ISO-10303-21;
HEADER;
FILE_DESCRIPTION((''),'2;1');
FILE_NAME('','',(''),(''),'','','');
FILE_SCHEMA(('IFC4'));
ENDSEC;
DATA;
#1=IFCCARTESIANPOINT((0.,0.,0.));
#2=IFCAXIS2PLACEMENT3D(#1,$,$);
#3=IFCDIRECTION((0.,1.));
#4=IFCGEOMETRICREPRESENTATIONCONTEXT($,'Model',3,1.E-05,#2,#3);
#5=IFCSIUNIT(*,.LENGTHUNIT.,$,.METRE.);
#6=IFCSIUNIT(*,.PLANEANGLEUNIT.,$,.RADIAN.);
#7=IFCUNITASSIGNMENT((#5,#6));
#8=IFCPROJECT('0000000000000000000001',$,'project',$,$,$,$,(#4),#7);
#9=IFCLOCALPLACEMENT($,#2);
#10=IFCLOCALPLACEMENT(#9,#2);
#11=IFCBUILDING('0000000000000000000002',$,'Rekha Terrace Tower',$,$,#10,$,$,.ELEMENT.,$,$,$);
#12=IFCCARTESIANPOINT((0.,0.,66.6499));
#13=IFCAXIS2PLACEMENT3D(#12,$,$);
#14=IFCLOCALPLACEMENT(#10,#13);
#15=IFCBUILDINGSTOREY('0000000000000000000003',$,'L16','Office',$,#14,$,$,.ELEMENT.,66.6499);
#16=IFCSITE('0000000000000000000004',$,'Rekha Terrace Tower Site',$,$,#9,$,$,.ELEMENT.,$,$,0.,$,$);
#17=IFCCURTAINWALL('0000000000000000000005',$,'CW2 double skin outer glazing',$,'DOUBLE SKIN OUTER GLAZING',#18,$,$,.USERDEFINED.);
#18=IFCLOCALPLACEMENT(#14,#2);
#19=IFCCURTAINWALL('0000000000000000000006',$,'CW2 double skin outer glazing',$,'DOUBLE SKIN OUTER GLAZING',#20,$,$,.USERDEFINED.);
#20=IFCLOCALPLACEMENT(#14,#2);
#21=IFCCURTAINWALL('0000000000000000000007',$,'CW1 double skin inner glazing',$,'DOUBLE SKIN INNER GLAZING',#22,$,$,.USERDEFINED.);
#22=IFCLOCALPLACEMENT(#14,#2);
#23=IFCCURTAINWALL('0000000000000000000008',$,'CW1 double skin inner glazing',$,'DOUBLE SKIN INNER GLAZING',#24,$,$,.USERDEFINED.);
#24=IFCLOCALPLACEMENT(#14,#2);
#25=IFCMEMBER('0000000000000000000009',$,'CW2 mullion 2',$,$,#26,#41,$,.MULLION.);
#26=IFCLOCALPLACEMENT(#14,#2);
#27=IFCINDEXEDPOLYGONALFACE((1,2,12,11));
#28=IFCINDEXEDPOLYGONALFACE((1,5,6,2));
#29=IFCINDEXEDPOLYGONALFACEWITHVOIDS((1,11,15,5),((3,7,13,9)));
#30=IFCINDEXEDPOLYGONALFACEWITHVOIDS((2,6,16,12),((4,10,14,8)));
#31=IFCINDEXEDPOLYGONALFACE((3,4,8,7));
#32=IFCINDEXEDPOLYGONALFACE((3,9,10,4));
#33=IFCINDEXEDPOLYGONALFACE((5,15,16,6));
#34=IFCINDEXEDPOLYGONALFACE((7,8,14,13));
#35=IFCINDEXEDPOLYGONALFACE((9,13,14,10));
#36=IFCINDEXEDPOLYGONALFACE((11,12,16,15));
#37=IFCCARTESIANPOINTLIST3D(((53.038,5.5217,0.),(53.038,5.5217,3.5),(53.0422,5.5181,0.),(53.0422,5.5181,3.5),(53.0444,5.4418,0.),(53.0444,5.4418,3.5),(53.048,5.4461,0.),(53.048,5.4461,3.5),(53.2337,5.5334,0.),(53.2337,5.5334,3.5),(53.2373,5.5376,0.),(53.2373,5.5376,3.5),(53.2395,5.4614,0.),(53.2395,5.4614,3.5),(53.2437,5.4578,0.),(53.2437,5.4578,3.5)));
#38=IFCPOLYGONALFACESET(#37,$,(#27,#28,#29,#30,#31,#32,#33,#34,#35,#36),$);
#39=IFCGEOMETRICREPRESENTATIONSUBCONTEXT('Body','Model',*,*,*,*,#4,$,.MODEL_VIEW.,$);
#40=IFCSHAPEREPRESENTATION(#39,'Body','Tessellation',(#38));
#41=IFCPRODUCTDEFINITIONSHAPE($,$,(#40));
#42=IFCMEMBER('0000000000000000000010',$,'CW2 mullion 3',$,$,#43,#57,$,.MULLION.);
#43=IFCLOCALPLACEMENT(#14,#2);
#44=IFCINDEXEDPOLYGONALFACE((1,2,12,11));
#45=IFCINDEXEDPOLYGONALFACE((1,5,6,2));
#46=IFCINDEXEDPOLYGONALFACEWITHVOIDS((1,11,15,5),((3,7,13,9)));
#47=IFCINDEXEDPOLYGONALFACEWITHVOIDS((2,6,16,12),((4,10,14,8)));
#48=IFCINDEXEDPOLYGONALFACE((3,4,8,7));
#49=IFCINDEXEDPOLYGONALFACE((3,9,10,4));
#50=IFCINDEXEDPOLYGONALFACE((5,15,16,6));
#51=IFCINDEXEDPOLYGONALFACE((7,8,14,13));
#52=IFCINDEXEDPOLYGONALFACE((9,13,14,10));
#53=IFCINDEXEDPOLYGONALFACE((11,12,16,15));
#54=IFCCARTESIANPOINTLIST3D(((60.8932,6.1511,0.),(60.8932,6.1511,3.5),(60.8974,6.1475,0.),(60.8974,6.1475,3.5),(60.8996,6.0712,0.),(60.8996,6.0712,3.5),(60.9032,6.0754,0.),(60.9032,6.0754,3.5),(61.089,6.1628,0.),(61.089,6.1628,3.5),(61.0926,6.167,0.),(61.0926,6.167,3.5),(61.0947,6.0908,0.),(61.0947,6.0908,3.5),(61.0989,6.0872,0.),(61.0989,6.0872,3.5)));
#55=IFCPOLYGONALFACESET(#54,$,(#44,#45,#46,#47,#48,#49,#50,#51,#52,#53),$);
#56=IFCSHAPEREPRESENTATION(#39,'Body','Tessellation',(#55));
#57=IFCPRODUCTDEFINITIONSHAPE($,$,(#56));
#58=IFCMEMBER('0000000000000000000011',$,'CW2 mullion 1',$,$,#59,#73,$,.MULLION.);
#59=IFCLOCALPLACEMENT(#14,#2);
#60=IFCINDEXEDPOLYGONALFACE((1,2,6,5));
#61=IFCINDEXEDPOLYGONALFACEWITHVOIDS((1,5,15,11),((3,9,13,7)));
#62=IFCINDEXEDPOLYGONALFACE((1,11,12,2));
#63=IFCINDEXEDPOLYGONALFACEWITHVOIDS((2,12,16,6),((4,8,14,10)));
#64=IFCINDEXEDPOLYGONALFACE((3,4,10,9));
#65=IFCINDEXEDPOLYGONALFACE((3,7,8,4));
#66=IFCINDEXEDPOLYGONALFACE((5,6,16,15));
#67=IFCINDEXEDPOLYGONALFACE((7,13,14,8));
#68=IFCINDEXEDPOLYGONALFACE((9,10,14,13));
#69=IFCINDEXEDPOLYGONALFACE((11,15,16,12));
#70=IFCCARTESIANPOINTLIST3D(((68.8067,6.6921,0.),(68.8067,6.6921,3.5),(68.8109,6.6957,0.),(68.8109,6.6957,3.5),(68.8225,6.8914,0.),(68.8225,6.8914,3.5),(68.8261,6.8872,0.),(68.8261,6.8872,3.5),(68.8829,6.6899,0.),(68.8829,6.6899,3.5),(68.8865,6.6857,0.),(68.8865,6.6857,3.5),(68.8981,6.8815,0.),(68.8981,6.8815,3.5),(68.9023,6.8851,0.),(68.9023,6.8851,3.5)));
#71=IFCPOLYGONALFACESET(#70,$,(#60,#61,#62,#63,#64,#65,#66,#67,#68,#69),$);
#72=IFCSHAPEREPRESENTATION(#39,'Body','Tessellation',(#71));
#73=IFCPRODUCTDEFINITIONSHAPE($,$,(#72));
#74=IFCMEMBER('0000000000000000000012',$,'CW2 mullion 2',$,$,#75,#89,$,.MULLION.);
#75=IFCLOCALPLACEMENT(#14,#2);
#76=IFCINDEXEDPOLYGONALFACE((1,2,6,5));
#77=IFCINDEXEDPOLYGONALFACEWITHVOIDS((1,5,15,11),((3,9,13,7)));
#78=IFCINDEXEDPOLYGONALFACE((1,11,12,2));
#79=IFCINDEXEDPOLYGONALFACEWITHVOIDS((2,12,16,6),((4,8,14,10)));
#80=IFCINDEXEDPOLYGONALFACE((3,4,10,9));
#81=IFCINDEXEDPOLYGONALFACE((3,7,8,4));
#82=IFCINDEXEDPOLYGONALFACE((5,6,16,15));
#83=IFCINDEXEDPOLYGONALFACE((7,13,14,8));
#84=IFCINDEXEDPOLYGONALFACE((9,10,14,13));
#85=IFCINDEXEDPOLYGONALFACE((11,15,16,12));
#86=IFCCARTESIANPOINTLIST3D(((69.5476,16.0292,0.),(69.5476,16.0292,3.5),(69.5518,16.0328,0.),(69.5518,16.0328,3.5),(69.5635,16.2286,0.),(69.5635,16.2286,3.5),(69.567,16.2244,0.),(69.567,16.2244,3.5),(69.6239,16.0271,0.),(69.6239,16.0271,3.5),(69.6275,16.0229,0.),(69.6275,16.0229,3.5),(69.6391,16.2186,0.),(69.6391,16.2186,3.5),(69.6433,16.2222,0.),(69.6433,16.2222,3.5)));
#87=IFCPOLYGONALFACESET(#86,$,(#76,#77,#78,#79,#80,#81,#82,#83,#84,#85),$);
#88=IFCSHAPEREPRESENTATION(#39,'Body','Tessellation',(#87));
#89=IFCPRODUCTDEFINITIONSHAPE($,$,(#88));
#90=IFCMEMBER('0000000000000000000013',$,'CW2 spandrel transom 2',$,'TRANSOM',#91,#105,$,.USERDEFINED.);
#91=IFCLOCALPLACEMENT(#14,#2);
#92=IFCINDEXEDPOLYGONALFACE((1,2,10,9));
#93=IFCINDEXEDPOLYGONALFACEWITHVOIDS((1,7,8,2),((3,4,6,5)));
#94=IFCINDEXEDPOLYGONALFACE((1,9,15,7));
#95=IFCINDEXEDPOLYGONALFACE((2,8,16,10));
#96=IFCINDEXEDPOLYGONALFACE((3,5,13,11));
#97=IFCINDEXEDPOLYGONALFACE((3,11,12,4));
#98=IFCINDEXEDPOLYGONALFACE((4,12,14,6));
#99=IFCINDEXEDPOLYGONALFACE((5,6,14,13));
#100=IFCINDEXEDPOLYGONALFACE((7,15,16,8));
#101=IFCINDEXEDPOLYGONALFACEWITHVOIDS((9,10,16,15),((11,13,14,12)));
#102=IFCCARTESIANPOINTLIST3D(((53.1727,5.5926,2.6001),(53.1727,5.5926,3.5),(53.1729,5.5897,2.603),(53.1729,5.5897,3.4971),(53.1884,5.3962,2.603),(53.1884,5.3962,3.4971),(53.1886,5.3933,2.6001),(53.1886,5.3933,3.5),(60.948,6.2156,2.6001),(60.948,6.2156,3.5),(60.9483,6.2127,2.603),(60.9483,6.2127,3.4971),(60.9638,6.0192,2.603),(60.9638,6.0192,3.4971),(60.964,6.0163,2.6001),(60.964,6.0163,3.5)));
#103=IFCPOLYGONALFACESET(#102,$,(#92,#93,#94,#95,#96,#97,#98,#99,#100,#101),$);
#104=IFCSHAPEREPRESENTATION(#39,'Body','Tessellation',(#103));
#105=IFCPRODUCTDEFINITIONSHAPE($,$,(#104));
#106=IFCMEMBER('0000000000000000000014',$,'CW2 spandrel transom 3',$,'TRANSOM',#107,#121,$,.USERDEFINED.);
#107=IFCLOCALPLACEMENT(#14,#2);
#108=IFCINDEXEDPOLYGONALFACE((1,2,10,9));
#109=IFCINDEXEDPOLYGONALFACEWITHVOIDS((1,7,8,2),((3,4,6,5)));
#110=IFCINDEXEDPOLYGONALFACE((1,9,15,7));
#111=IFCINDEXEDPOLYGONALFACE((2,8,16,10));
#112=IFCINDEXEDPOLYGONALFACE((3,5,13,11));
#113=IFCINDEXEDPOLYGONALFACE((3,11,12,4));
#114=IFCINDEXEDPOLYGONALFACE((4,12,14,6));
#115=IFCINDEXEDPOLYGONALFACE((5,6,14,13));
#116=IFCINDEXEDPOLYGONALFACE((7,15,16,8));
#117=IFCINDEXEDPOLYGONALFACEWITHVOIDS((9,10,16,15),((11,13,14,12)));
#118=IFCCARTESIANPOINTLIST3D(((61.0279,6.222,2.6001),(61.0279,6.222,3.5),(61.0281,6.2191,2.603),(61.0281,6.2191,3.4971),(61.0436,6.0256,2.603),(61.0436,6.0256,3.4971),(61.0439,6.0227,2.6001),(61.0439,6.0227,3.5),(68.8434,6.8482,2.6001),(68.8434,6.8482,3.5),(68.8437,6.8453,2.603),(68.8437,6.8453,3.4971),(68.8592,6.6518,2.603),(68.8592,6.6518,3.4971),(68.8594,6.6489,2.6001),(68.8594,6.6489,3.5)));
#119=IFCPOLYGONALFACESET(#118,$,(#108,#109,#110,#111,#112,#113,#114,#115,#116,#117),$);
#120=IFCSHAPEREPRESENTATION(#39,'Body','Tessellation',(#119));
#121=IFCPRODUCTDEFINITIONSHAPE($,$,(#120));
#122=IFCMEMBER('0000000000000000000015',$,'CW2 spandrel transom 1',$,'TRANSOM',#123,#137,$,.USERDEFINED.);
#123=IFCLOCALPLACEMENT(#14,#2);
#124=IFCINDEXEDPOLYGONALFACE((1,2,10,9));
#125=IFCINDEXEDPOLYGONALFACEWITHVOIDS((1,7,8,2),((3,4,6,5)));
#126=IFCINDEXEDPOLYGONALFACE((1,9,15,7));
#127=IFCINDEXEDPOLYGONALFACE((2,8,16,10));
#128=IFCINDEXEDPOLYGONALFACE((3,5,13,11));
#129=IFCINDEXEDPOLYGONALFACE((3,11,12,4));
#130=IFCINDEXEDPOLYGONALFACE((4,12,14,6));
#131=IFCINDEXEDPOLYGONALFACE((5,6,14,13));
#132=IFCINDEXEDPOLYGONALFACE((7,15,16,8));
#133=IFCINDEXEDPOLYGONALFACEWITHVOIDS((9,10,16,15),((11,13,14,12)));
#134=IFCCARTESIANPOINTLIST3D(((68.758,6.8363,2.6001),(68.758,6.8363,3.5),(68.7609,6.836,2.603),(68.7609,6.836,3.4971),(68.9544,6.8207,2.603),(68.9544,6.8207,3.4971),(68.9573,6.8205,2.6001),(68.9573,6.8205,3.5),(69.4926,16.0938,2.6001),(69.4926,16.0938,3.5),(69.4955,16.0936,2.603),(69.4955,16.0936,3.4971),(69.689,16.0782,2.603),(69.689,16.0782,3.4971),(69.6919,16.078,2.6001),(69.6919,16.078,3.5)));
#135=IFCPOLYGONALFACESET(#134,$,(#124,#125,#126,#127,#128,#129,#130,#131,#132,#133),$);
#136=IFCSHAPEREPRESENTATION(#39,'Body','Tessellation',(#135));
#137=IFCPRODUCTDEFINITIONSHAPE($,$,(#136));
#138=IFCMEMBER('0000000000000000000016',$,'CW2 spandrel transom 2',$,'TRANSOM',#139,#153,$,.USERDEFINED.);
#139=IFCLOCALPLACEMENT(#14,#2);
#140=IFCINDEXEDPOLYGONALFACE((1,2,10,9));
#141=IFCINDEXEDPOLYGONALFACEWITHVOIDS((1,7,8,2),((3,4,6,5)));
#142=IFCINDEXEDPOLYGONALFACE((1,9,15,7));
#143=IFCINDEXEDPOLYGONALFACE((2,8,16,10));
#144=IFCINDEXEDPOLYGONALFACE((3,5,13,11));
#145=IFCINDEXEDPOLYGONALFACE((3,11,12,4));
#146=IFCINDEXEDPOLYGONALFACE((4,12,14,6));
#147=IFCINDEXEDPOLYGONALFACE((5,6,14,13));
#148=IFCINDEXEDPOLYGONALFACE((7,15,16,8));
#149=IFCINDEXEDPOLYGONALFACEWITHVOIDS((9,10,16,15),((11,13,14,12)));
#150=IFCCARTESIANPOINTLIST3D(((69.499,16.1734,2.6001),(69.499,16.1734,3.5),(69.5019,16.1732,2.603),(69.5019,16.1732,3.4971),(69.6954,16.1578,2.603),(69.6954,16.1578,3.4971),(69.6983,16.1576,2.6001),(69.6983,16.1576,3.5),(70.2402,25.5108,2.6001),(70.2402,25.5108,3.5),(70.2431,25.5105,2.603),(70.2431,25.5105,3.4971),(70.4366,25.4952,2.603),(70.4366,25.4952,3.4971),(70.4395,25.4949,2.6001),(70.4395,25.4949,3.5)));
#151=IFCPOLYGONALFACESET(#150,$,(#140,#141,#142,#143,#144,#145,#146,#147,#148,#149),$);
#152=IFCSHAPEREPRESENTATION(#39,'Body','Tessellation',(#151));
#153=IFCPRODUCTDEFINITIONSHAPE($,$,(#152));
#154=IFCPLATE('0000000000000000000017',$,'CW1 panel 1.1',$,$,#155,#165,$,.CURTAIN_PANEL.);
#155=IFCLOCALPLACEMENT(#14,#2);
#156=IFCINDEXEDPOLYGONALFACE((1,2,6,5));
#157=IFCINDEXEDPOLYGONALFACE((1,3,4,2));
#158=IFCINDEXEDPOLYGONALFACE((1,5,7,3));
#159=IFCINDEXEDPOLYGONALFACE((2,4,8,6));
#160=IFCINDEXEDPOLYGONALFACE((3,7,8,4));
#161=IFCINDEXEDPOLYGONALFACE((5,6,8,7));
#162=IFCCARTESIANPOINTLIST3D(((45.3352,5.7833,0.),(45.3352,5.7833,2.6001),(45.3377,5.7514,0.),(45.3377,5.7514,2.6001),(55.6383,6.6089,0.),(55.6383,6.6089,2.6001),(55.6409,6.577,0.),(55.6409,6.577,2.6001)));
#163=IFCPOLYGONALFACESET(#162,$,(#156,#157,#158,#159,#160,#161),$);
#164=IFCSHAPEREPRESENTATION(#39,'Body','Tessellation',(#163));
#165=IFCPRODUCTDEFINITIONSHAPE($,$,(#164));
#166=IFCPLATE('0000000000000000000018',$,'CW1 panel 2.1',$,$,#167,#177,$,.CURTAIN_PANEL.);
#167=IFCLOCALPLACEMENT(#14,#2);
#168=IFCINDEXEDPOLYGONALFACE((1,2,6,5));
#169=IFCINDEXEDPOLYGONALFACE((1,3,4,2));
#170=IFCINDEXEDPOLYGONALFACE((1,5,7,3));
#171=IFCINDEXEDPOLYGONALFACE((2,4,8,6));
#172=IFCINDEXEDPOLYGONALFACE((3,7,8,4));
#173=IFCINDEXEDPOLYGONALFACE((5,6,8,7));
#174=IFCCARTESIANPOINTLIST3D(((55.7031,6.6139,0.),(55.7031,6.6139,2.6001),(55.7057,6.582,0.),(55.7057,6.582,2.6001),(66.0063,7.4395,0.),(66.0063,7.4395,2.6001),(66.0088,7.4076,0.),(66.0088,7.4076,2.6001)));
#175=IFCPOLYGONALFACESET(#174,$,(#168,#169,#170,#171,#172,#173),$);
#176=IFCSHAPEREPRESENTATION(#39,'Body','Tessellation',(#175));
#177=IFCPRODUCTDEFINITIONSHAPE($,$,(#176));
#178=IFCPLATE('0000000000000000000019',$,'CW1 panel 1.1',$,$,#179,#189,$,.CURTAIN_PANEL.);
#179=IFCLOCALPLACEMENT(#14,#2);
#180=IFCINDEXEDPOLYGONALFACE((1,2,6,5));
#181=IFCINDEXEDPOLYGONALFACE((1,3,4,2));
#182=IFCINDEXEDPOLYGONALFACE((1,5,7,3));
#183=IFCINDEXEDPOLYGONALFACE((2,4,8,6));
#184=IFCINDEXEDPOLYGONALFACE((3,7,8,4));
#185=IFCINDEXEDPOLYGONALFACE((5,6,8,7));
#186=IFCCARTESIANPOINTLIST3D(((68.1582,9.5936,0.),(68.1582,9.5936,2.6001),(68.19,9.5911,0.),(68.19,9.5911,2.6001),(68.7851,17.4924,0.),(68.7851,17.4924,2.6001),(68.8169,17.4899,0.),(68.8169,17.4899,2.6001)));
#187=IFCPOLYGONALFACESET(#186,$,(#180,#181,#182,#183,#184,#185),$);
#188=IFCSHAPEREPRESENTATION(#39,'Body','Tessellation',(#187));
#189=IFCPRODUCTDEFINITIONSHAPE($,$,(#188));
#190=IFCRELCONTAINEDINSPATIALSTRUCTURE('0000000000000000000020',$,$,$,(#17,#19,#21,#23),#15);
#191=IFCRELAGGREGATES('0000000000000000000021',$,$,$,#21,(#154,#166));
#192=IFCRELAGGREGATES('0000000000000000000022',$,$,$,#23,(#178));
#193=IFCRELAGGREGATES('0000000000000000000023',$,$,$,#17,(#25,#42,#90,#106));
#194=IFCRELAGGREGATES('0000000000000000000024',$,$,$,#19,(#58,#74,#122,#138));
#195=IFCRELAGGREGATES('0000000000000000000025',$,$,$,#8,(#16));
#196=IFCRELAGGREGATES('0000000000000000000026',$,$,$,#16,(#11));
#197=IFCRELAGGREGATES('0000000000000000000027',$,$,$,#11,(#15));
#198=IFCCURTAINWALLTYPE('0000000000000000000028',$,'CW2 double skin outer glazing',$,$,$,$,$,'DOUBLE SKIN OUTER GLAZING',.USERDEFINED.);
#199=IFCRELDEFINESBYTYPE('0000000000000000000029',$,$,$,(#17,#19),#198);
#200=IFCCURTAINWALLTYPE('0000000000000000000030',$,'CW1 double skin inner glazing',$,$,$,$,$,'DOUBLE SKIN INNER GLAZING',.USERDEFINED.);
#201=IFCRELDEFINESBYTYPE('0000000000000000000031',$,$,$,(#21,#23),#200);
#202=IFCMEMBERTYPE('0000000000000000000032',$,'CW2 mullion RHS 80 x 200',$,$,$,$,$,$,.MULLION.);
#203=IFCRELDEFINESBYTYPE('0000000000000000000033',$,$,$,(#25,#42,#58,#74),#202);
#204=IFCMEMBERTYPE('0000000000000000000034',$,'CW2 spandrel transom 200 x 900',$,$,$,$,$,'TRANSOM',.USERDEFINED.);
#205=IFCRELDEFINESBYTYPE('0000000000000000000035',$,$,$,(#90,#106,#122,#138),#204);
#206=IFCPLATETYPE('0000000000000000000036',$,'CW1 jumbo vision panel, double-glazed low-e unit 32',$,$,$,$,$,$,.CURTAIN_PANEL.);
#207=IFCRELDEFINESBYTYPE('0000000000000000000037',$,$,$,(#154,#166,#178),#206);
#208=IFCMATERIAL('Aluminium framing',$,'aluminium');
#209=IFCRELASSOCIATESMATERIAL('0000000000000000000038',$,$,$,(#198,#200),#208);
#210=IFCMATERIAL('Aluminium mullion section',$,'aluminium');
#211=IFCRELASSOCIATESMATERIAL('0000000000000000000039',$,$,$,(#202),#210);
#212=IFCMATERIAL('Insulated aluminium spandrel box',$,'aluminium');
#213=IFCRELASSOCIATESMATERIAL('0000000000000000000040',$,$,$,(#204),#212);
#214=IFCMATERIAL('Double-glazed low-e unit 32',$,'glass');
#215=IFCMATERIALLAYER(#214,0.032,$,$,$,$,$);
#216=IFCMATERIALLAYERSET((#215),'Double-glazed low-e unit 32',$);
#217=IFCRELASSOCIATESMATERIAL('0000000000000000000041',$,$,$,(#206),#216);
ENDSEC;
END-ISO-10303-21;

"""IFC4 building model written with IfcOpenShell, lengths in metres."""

from ifc_helpers import new_model, si_unit, direction, frame, origin, origin_2d, place, context, subcontext, project, spatial, rectangle, hollow_rectangle, extrude, material, layer, layer_set, material_profile, profile_set, type_object, element, aggregate, save


model = new_model("IFC4")

# Units and contexts
model_context = context("Model", 3, precision=1e-05, world=origin(), true_north=direction((0.0, 1.0)))
body_context = subcontext(model_context, "Body", "Model", "MODEL_VIEW")
ifc_project = project(units=[si_unit("LENGTHUNIT", "METRE"), si_unit("PLANEANGLEUNIT", "RADIAN")], contexts=[model_context])

# Site, building, storey
site_placement = place(None, origin())
site = spatial("IfcSite", under=ifc_project, at=site_placement, Name="Rekha Terrace Tower Site", CompositionType="ELEMENT", RefElevation=0.0)
building_placement = place(site_placement, origin())
building = spatial("IfcBuilding", under=site, at=building_placement, Name="Rekha Terrace Tower", CompositionType="ELEMENT")
storey_placement = place(building_placement, frame((0.0, 0.0, 66.6499)))
storey = spatial("IfcBuildingStorey", under=building, at=storey_placement, Name="L16", Description="Office", CompositionType="ELEMENT", Elevation=66.6499)

# Curtain wall
ifc_material_1 = material(Name="Aluminium framing", Category="aluminium")
curtain_wall_type_1 = type_object("IfcCurtainWallType", Name="CW2 double skin outer glazing", ElementType="DOUBLE SKIN OUTER GLAZING", PredefinedType="USERDEFINED", material=ifc_material_1)
curtain_wall_1_placement = place(storey_placement, origin())
curtain_wall_1 = element("IfcCurtainWall", 1, at=curtain_wall_1_placement, inside=storey, type_object=curtain_wall_type_1, Name="CW2 double skin outer glazing", ObjectType="DOUBLE SKIN OUTER GLAZING", PredefinedType="USERDEFINED")

# Curtain wall
curtain_wall_2_placement = place(storey_placement, origin())
curtain_wall_2 = element("IfcCurtainWall", 2, at=curtain_wall_2_placement, inside=storey, type_object=curtain_wall_type_1, Name="CW2 double skin outer glazing", ObjectType="DOUBLE SKIN OUTER GLAZING", PredefinedType="USERDEFINED")

# Curtain wall
curtain_wall_type_2 = type_object("IfcCurtainWallType", Name="CW1 double skin inner glazing", ElementType="DOUBLE SKIN INNER GLAZING", PredefinedType="USERDEFINED", material=ifc_material_1)
curtain_wall_3_placement = place(storey_placement, origin())
curtain_wall_3 = element("IfcCurtainWall", 3, at=curtain_wall_3_placement, inside=storey, type_object=curtain_wall_type_2, Name="CW1 double skin inner glazing", ObjectType="DOUBLE SKIN INNER GLAZING", PredefinedType="USERDEFINED")
ifc_material_2 = material(Name="Aluminium mullion section", Category="aluminium")

# Curtain wall
curtain_wall_4_placement = place(storey_placement, origin())
curtain_wall_4 = element("IfcCurtainWall", 4, at=curtain_wall_4_placement, inside=storey, type_object=curtain_wall_type_2, Name="CW1 double skin inner glazing", ObjectType="DOUBLE SKIN INNER GLAZING", PredefinedType="USERDEFINED")

# Members
ifc_material_3 = material(Name="Insulated aluminium spandrel box", Category="aluminium")
ifc_material_profile_1 = material_profile(ifc_material_2, hollow_rectangle(XDim=0.0801, YDim=0.2, WallThickness=0.0039, at=origin_2d()), Name="AL RHS 80x200")
ifc_profile_set_1 = profile_set([ifc_material_profile_1], Name="Aluminium mullion section")
member_type_1 = type_object("IfcMemberType", Name="CW2 mullion RHS 80 x 200", PredefinedType="MULLION", material=ifc_profile_set_1)
member_1_placement = place(storey_placement, frame((53.1409, 5.4897, 0.0), z_axis=(0.0, 0.0, 1.0), x_axis=(-0.079872, 0.996805, 0.0)))
member_1 = element("IfcMember", 5, at=member_1_placement, type_object=member_type_1, Name="CW2 mullion 2", PredefinedType="MULLION", context=body_context, shape_type="SweptSolid", body=[
    extrude(hollow_rectangle(XDim=0.0801, YDim=0.2, WallThickness=0.0039, at=origin_2d()), origin(), (0.0, 0.0, 1.0), 3.5),
])
member_2_placement = place(storey_placement, frame((60.9961, 6.1191, 0.0), z_axis=(0.0, 0.0, 1.0), x_axis=(-0.079872, 0.996805, 0.0)))
member_2 = element("IfcMember", 6, at=member_2_placement, type_object=member_type_1, Name="CW2 mullion 3", PredefinedType="MULLION", context=body_context, shape_type="SweptSolid", body=[
    extrude(hollow_rectangle(XDim=0.0801, YDim=0.2, WallThickness=0.0039, at=origin_2d()), origin(), (0.0, 0.0, 1.0), 3.5),
])
member_3_placement = place(storey_placement, frame((68.8545, 6.7886, 0.0), z_axis=(0.0, 0.0, 1.0), x_axis=(-0.996865, 0.079116, 0.0)))
member_3 = element("IfcMember", 7, at=member_3_placement, type_object=member_type_1, Name="CW2 mullion 1", PredefinedType="MULLION", context=body_context, shape_type="SweptSolid", body=[
    extrude(hollow_rectangle(XDim=0.0801, YDim=0.2, WallThickness=0.0039, at=origin_2d()), origin(), (0.0, 0.0, 1.0), 3.5),
])
member_4_placement = place(storey_placement, frame((69.5955, 16.1257, 0.0), z_axis=(0.0, 0.0, 1.0), x_axis=(-0.996865, 0.079116, 0.0)))
member_4 = element("IfcMember", 8, at=member_4_placement, type_object=member_type_1, Name="CW2 mullion 2", PredefinedType="MULLION", context=body_context, shape_type="SweptSolid", body=[
    extrude(hollow_rectangle(XDim=0.0801, YDim=0.2, WallThickness=0.0039, at=origin_2d()), origin(), (0.0, 0.0, 1.0), 3.5),
])
ifc_material_profile_2 = material_profile(ifc_material_3, hollow_rectangle(XDim=0.2, YDim=0.8999, WallThickness=0.0029, at=origin_2d()), Name="AL SPANDREL BOX 200x900")
ifc_profile_set_2 = profile_set([ifc_material_profile_2], Name="Insulated aluminium spandrel box")
member_type_2 = type_object("IfcMemberType", Name="CW2 spandrel transom 200 x 900", ElementType="TRANSOM", PredefinedType="USERDEFINED", material=ifc_profile_set_2)
member_5_placement = place(storey_placement, frame((53.1807, 5.4929, 3.05), z_axis=(0.996805, 0.079875, 0.0), x_axis=(-0.079875, 0.996805, 0.0)))
member_5 = element("IfcMember", 9, at=member_5_placement, type_object=member_type_2, Name="CW2 spandrel transom 2", ObjectType="TRANSOM", PredefinedType="USERDEFINED", context=body_context, shape_type="SweptSolid", body=[
    extrude(hollow_rectangle(XDim=0.2, YDim=0.8999, WallThickness=0.0029, at=origin_2d()), origin(), (0.0, 0.0, 1.0), 7.8003),
])
member_6_placement = place(storey_placement, frame((61.0359, 6.1223, 3.05), z_axis=(0.996805, 0.07987, 0.0), x_axis=(-0.07987, 0.996805, 0.0)))
member_6 = element("IfcMember", 10, at=member_6_placement, type_object=member_type_2, Name="CW2 spandrel transom 3", ObjectType="TRANSOM", PredefinedType="USERDEFINED", context=body_context, shape_type="SweptSolid", body=[
    extrude(hollow_rectangle(XDim=0.2, YDim=0.8999, WallThickness=0.0029, at=origin_2d()), origin(), (0.0, 0.0, 1.0), 7.8406),
])
member_7_placement = place(storey_placement, frame((68.8577, 6.8284, 3.05), z_axis=(0.079105, 0.996866, 0.0), x_axis=(-0.996866, 0.079105, 0.0)))
member_7 = element("IfcMember", 11, at=member_7_placement, type_object=member_type_2, Name="CW2 spandrel transom 1", ObjectType="TRANSOM", PredefinedType="USERDEFINED", context=body_context, shape_type="SweptSolid", body=[
    extrude(hollow_rectangle(XDim=0.2, YDim=0.8999, WallThickness=0.0029, at=origin_2d()), origin(), (0.0, 0.0, 1.0), 9.2866),
])
member_8_placement = place(storey_placement, frame((69.5986, 16.1655, 3.05), z_axis=(0.079132, 0.996864, 0.0), x_axis=(-0.996864, 0.079132, 0.0)))
member_8 = element("IfcMember", 12, at=member_8_placement, type_object=member_type_2, Name="CW2 spandrel transom 2", ObjectType="TRANSOM", PredefinedType="USERDEFINED", context=body_context, shape_type="SweptSolid", body=[
    extrude(hollow_rectangle(XDim=0.2, YDim=0.8999, WallThickness=0.0029, at=origin_2d()), origin(), (0.0, 0.0, 1.0), 9.3667),
])

# Plates
ifc_material_4 = material(Name="Double-glazed low-e unit 32", Category="glass")
ifc_layer_1 = layer(ifc_material_4, 0.032)
ifc_layer_set_1 = layer_set([ifc_layer_1], Name="Double-glazed low-e unit 32")
plate_type_1 = type_object("IfcPlateType", Name="CW1 jumbo vision panel, double-glazed low-e unit 32", PredefinedType="CURTAIN_PANEL", material=ifc_layer_set_1)
plate_1_placement = place(storey_placement, frame((50.488, 6.1802, 0.0), z_axis=(0.0, 0.0, 1.0), x_axis=(0.996805, 0.079872, 0.0)))
plate_1 = element("IfcPlate", 13, at=plate_1_placement, type_object=plate_type_1, Name="CW1 panel 1.1", PredefinedType="CURTAIN_PANEL", context=body_context, shape_type="SweptSolid", body=[
    extrude(rectangle(XDim=10.3362, YDim=0.032, at=origin_2d()), origin(), (0.0, 0.0, 1.0), 2.6001),
])
plate_2_placement = place(storey_placement, frame((60.856, 7.0107, 0.0), z_axis=(0.0, 0.0, 1.0), x_axis=(0.996805, 0.079872, 0.0)))
plate_2 = element("IfcPlate", 14, at=plate_2_placement, type_object=plate_type_1, Name="CW1 panel 2.1", PredefinedType="CURTAIN_PANEL", context=body_context, shape_type="SweptSolid", body=[
    extrude(rectangle(XDim=10.3362, YDim=0.032, at=origin_2d()), origin(), (0.0, 0.0, 1.0), 2.6001),
])
aggregate(curtain_wall_3, [plate_1, plate_2])
plate_3_placement = place(storey_placement, frame((68.4875, 13.5417, 0.0), z_axis=(0.0, 0.0, 1.0), x_axis=(0.079116, 0.996865, 0.0)))
plate_3 = element("IfcPlate", 15, at=plate_3_placement, type_object=plate_type_1, Name="CW1 panel 1.1", PredefinedType="CURTAIN_PANEL", context=body_context, shape_type="SweptSolid", body=[
    extrude(rectangle(XDim=7.9236, YDim=0.032, at=origin_2d()), origin(), (0.0, 0.0, 1.0), 2.6001),
])
aggregate(curtain_wall_4, [plate_3])
aggregate(curtain_wall_1, [member_1, member_2, member_5, member_6])
aggregate(curtain_wall_2, [member_3, member_4, member_7, member_8])

save(model, "model.ifc")
